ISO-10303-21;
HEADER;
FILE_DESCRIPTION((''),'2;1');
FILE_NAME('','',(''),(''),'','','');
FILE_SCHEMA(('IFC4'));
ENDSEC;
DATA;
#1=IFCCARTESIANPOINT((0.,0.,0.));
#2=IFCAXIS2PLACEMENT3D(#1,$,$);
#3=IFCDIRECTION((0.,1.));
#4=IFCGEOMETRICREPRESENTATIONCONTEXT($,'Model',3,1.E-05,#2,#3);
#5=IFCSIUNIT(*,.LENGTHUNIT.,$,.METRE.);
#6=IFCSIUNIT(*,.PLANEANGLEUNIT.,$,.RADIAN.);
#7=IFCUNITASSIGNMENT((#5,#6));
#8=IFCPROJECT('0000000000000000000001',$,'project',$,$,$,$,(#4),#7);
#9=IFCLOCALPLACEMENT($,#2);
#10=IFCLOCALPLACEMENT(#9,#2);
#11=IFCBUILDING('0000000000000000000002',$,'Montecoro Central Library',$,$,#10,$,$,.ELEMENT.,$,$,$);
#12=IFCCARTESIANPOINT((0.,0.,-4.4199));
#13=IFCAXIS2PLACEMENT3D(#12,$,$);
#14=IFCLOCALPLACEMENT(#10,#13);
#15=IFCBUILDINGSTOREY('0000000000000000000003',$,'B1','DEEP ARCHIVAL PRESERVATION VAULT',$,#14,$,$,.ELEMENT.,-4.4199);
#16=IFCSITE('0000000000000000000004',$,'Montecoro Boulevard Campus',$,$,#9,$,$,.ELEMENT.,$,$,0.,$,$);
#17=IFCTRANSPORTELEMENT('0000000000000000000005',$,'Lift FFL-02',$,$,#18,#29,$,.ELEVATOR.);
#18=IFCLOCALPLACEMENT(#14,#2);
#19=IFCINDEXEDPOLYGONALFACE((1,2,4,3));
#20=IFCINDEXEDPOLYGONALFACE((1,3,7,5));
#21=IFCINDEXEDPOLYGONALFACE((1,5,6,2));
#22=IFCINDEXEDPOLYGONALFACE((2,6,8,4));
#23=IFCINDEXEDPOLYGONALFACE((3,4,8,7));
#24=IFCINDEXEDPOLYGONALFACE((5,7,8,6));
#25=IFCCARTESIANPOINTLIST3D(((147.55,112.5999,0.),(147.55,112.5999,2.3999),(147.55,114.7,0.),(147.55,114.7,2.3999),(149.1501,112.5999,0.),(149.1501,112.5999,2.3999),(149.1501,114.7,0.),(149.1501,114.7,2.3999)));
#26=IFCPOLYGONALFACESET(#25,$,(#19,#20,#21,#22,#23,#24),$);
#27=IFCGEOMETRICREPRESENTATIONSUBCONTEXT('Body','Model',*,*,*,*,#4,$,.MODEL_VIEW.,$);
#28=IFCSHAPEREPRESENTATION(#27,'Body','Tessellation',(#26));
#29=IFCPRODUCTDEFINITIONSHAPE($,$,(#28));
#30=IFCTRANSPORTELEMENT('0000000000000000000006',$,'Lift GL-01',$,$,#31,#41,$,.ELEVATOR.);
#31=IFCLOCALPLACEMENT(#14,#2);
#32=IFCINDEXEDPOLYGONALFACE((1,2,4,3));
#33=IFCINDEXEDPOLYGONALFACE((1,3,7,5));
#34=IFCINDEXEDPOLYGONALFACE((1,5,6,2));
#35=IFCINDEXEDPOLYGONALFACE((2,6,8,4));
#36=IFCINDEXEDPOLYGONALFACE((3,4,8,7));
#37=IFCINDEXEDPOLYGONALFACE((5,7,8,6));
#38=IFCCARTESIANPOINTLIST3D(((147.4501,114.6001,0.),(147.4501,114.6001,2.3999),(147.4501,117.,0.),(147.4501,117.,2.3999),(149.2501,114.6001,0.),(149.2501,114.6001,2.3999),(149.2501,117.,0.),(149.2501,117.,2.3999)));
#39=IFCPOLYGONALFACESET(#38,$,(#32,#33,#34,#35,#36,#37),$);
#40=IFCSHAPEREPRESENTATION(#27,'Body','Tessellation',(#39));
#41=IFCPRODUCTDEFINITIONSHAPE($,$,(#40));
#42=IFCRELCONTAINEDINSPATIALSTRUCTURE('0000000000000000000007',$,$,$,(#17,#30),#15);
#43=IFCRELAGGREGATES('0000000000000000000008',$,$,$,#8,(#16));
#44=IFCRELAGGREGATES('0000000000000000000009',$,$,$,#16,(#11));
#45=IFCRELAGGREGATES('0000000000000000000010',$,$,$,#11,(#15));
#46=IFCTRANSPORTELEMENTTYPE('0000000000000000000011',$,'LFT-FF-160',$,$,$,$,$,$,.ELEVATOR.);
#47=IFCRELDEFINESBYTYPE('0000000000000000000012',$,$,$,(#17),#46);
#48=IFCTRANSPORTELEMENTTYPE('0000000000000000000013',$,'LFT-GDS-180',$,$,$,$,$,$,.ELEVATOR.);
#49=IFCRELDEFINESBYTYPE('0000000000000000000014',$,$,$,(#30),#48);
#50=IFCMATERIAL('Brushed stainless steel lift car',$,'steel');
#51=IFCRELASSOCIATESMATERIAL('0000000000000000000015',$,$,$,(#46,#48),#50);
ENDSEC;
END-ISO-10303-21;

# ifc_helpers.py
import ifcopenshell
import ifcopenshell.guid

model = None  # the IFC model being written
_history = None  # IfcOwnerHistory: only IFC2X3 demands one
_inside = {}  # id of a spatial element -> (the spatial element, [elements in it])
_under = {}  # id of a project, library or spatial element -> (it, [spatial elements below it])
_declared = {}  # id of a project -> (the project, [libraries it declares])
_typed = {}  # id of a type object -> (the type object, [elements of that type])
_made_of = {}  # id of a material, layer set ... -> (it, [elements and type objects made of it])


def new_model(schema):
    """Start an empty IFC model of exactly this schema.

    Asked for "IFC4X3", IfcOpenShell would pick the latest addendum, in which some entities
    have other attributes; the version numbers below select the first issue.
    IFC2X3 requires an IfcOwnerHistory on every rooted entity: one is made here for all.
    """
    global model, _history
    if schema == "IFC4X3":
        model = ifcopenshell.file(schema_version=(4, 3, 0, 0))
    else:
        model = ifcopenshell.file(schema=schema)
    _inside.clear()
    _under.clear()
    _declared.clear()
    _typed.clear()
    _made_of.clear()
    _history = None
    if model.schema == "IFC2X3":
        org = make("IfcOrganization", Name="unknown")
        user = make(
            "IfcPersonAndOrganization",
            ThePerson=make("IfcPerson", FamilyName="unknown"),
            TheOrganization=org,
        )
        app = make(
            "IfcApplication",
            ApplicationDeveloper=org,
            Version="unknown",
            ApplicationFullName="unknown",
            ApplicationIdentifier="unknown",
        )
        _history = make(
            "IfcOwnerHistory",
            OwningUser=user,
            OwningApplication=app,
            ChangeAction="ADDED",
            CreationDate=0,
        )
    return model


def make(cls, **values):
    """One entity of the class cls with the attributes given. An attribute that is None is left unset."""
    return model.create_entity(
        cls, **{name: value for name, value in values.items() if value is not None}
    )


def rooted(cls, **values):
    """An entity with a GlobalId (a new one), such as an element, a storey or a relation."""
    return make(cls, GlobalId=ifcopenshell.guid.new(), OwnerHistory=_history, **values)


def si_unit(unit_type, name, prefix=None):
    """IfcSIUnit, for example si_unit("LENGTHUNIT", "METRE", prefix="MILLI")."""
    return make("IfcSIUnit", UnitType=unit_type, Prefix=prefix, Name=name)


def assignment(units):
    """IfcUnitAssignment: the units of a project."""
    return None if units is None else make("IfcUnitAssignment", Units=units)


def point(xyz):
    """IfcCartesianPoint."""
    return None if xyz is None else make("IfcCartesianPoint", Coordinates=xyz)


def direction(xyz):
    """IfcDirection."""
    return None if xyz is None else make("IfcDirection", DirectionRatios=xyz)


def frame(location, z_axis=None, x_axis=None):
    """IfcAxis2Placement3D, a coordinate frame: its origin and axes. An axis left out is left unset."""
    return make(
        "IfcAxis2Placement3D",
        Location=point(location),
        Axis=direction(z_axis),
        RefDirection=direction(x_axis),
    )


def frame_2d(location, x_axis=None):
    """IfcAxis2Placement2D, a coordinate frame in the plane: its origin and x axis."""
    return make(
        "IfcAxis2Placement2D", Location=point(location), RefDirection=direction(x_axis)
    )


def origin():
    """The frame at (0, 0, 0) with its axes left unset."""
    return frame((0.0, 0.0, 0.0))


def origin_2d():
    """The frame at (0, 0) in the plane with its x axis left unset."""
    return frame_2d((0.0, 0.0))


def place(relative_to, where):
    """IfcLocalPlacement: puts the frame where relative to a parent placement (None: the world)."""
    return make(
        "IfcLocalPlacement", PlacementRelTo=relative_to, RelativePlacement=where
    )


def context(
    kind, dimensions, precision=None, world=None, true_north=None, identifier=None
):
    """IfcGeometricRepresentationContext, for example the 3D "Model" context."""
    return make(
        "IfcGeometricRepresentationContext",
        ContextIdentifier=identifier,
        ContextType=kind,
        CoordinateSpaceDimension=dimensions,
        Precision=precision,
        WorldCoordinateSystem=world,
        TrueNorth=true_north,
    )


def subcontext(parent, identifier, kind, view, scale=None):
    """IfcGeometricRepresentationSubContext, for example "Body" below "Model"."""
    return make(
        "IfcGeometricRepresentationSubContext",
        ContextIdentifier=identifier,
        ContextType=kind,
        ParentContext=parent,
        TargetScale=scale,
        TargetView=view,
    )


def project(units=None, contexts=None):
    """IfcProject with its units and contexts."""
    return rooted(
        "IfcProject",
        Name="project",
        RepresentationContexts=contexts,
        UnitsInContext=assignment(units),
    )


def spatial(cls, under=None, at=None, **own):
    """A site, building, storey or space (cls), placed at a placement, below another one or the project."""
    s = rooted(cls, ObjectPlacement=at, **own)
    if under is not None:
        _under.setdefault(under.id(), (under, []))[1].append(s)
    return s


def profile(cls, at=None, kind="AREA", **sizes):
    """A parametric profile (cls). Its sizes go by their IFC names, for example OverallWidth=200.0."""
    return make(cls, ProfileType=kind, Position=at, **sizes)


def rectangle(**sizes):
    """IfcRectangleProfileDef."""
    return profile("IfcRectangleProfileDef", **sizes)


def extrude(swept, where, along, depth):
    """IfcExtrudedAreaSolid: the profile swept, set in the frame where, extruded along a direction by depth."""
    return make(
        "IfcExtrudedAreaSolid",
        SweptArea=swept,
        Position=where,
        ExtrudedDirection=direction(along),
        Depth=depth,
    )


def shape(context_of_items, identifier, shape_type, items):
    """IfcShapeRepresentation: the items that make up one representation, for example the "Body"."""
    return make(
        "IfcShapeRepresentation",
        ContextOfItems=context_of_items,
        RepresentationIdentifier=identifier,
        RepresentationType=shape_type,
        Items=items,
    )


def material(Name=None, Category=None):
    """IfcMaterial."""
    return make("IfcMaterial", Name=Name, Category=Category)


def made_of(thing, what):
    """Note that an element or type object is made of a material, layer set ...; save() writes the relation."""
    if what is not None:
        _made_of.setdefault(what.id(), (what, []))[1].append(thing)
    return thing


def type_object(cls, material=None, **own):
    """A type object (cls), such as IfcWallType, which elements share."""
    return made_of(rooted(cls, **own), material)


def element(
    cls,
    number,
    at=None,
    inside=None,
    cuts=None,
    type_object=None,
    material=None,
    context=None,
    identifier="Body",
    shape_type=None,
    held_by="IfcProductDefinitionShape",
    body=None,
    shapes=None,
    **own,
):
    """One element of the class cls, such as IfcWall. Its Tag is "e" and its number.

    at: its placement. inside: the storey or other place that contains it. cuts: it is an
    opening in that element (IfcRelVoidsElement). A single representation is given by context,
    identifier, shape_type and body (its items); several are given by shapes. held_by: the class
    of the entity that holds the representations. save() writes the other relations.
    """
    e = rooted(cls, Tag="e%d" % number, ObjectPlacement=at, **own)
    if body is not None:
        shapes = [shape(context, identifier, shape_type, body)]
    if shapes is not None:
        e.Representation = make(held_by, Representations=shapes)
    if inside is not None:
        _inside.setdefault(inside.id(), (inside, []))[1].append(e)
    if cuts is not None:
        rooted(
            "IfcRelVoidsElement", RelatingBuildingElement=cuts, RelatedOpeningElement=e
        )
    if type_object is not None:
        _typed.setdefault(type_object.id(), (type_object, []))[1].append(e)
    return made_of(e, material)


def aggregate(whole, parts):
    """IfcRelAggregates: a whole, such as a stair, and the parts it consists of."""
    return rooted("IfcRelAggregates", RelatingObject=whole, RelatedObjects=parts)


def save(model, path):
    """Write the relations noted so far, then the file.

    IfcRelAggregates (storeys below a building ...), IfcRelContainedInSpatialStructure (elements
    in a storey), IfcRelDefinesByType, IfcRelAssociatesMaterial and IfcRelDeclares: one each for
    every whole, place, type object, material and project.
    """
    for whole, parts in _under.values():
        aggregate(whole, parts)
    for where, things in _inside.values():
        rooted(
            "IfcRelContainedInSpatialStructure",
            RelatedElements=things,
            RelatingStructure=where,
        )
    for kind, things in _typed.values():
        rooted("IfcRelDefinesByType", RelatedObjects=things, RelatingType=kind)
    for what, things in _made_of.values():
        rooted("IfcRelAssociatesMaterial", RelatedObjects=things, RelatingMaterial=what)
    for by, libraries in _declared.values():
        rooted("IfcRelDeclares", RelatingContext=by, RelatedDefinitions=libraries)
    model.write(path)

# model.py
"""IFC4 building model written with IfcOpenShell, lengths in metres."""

from ifc_helpers import new_model, si_unit, direction, frame, origin, origin_2d, place, context, subcontext, project, spatial, rectangle, extrude, material, type_object, element, save


model = new_model("IFC4")

# Units and contexts
model_context = context("Model", 3, precision=1e-05, world=origin(), true_north=direction((0.0, 1.0)))
body_context = subcontext(model_context, "Body", "Model", "MODEL_VIEW")
ifc_project = project(units=[si_unit("LENGTHUNIT", "METRE"), si_unit("PLANEANGLEUNIT", "RADIAN")], contexts=[model_context])

# Site, building, storey
site_placement = place(None, origin())
site = spatial("IfcSite", under=ifc_project, at=site_placement, Name="Montecoro Boulevard Campus", CompositionType="ELEMENT", RefElevation=0.0)
building_placement = place(site_placement, origin())
building = spatial("IfcBuilding", under=site, at=building_placement, Name="Montecoro Central Library", CompositionType="ELEMENT")
storey_placement = place(building_placement, frame((0.0, 0.0, -4.4199)))
storey = spatial("IfcBuildingStorey", under=building, at=storey_placement, Name="B1", Description="DEEP ARCHIVAL PRESERVATION VAULT", CompositionType="ELEMENT", Elevation=-4.4199)

# Transport elements
ifc_material_1 = material(Name="Brushed stainless steel lift car", Category="steel")
transport_element_type_1 = type_object("IfcTransportElementType", Name="LFT-FF-160", PredefinedType="ELEVATOR", material=ifc_material_1)
transport_element_1_placement = place(storey_placement, frame((148.3501, 113.6499, 0.0), z_axis=(0.0, 0.0, 1.0), x_axis=(1.0, 0.0, 0.0)))
element("IfcTransportElement", 1, at=transport_element_1_placement, inside=storey, type_object=transport_element_type_1, Name="Lift FFL-02", PredefinedType="ELEVATOR", context=body_context, shape_type="SweptSolid", body=[
    extrude(rectangle(XDim=1.6001, YDim=2.1001, at=origin_2d()), origin(), (0.0, 0.0, 1.0), 2.3999),
])
transport_element_type_2 = type_object("IfcTransportElementType", Name="LFT-GDS-180", PredefinedType="ELEVATOR", material=ifc_material_1)
transport_element_2_placement = place(storey_placement, frame((148.3501, 115.8, 0.0), z_axis=(0.0, 0.0, 1.0), x_axis=(1.0, 0.0, 0.0)))
element("IfcTransportElement", 2, at=transport_element_2_placement, inside=storey, type_object=transport_element_type_2, Name="Lift GL-01", PredefinedType="ELEVATOR", context=body_context, shape_type="SweptSolid", body=[
    extrude(rectangle(XDim=1.8, YDim=2.3999, at=origin_2d()), origin(), (0.0, 0.0, 1.0), 2.3999),
])

save(model, "model.ifc")
